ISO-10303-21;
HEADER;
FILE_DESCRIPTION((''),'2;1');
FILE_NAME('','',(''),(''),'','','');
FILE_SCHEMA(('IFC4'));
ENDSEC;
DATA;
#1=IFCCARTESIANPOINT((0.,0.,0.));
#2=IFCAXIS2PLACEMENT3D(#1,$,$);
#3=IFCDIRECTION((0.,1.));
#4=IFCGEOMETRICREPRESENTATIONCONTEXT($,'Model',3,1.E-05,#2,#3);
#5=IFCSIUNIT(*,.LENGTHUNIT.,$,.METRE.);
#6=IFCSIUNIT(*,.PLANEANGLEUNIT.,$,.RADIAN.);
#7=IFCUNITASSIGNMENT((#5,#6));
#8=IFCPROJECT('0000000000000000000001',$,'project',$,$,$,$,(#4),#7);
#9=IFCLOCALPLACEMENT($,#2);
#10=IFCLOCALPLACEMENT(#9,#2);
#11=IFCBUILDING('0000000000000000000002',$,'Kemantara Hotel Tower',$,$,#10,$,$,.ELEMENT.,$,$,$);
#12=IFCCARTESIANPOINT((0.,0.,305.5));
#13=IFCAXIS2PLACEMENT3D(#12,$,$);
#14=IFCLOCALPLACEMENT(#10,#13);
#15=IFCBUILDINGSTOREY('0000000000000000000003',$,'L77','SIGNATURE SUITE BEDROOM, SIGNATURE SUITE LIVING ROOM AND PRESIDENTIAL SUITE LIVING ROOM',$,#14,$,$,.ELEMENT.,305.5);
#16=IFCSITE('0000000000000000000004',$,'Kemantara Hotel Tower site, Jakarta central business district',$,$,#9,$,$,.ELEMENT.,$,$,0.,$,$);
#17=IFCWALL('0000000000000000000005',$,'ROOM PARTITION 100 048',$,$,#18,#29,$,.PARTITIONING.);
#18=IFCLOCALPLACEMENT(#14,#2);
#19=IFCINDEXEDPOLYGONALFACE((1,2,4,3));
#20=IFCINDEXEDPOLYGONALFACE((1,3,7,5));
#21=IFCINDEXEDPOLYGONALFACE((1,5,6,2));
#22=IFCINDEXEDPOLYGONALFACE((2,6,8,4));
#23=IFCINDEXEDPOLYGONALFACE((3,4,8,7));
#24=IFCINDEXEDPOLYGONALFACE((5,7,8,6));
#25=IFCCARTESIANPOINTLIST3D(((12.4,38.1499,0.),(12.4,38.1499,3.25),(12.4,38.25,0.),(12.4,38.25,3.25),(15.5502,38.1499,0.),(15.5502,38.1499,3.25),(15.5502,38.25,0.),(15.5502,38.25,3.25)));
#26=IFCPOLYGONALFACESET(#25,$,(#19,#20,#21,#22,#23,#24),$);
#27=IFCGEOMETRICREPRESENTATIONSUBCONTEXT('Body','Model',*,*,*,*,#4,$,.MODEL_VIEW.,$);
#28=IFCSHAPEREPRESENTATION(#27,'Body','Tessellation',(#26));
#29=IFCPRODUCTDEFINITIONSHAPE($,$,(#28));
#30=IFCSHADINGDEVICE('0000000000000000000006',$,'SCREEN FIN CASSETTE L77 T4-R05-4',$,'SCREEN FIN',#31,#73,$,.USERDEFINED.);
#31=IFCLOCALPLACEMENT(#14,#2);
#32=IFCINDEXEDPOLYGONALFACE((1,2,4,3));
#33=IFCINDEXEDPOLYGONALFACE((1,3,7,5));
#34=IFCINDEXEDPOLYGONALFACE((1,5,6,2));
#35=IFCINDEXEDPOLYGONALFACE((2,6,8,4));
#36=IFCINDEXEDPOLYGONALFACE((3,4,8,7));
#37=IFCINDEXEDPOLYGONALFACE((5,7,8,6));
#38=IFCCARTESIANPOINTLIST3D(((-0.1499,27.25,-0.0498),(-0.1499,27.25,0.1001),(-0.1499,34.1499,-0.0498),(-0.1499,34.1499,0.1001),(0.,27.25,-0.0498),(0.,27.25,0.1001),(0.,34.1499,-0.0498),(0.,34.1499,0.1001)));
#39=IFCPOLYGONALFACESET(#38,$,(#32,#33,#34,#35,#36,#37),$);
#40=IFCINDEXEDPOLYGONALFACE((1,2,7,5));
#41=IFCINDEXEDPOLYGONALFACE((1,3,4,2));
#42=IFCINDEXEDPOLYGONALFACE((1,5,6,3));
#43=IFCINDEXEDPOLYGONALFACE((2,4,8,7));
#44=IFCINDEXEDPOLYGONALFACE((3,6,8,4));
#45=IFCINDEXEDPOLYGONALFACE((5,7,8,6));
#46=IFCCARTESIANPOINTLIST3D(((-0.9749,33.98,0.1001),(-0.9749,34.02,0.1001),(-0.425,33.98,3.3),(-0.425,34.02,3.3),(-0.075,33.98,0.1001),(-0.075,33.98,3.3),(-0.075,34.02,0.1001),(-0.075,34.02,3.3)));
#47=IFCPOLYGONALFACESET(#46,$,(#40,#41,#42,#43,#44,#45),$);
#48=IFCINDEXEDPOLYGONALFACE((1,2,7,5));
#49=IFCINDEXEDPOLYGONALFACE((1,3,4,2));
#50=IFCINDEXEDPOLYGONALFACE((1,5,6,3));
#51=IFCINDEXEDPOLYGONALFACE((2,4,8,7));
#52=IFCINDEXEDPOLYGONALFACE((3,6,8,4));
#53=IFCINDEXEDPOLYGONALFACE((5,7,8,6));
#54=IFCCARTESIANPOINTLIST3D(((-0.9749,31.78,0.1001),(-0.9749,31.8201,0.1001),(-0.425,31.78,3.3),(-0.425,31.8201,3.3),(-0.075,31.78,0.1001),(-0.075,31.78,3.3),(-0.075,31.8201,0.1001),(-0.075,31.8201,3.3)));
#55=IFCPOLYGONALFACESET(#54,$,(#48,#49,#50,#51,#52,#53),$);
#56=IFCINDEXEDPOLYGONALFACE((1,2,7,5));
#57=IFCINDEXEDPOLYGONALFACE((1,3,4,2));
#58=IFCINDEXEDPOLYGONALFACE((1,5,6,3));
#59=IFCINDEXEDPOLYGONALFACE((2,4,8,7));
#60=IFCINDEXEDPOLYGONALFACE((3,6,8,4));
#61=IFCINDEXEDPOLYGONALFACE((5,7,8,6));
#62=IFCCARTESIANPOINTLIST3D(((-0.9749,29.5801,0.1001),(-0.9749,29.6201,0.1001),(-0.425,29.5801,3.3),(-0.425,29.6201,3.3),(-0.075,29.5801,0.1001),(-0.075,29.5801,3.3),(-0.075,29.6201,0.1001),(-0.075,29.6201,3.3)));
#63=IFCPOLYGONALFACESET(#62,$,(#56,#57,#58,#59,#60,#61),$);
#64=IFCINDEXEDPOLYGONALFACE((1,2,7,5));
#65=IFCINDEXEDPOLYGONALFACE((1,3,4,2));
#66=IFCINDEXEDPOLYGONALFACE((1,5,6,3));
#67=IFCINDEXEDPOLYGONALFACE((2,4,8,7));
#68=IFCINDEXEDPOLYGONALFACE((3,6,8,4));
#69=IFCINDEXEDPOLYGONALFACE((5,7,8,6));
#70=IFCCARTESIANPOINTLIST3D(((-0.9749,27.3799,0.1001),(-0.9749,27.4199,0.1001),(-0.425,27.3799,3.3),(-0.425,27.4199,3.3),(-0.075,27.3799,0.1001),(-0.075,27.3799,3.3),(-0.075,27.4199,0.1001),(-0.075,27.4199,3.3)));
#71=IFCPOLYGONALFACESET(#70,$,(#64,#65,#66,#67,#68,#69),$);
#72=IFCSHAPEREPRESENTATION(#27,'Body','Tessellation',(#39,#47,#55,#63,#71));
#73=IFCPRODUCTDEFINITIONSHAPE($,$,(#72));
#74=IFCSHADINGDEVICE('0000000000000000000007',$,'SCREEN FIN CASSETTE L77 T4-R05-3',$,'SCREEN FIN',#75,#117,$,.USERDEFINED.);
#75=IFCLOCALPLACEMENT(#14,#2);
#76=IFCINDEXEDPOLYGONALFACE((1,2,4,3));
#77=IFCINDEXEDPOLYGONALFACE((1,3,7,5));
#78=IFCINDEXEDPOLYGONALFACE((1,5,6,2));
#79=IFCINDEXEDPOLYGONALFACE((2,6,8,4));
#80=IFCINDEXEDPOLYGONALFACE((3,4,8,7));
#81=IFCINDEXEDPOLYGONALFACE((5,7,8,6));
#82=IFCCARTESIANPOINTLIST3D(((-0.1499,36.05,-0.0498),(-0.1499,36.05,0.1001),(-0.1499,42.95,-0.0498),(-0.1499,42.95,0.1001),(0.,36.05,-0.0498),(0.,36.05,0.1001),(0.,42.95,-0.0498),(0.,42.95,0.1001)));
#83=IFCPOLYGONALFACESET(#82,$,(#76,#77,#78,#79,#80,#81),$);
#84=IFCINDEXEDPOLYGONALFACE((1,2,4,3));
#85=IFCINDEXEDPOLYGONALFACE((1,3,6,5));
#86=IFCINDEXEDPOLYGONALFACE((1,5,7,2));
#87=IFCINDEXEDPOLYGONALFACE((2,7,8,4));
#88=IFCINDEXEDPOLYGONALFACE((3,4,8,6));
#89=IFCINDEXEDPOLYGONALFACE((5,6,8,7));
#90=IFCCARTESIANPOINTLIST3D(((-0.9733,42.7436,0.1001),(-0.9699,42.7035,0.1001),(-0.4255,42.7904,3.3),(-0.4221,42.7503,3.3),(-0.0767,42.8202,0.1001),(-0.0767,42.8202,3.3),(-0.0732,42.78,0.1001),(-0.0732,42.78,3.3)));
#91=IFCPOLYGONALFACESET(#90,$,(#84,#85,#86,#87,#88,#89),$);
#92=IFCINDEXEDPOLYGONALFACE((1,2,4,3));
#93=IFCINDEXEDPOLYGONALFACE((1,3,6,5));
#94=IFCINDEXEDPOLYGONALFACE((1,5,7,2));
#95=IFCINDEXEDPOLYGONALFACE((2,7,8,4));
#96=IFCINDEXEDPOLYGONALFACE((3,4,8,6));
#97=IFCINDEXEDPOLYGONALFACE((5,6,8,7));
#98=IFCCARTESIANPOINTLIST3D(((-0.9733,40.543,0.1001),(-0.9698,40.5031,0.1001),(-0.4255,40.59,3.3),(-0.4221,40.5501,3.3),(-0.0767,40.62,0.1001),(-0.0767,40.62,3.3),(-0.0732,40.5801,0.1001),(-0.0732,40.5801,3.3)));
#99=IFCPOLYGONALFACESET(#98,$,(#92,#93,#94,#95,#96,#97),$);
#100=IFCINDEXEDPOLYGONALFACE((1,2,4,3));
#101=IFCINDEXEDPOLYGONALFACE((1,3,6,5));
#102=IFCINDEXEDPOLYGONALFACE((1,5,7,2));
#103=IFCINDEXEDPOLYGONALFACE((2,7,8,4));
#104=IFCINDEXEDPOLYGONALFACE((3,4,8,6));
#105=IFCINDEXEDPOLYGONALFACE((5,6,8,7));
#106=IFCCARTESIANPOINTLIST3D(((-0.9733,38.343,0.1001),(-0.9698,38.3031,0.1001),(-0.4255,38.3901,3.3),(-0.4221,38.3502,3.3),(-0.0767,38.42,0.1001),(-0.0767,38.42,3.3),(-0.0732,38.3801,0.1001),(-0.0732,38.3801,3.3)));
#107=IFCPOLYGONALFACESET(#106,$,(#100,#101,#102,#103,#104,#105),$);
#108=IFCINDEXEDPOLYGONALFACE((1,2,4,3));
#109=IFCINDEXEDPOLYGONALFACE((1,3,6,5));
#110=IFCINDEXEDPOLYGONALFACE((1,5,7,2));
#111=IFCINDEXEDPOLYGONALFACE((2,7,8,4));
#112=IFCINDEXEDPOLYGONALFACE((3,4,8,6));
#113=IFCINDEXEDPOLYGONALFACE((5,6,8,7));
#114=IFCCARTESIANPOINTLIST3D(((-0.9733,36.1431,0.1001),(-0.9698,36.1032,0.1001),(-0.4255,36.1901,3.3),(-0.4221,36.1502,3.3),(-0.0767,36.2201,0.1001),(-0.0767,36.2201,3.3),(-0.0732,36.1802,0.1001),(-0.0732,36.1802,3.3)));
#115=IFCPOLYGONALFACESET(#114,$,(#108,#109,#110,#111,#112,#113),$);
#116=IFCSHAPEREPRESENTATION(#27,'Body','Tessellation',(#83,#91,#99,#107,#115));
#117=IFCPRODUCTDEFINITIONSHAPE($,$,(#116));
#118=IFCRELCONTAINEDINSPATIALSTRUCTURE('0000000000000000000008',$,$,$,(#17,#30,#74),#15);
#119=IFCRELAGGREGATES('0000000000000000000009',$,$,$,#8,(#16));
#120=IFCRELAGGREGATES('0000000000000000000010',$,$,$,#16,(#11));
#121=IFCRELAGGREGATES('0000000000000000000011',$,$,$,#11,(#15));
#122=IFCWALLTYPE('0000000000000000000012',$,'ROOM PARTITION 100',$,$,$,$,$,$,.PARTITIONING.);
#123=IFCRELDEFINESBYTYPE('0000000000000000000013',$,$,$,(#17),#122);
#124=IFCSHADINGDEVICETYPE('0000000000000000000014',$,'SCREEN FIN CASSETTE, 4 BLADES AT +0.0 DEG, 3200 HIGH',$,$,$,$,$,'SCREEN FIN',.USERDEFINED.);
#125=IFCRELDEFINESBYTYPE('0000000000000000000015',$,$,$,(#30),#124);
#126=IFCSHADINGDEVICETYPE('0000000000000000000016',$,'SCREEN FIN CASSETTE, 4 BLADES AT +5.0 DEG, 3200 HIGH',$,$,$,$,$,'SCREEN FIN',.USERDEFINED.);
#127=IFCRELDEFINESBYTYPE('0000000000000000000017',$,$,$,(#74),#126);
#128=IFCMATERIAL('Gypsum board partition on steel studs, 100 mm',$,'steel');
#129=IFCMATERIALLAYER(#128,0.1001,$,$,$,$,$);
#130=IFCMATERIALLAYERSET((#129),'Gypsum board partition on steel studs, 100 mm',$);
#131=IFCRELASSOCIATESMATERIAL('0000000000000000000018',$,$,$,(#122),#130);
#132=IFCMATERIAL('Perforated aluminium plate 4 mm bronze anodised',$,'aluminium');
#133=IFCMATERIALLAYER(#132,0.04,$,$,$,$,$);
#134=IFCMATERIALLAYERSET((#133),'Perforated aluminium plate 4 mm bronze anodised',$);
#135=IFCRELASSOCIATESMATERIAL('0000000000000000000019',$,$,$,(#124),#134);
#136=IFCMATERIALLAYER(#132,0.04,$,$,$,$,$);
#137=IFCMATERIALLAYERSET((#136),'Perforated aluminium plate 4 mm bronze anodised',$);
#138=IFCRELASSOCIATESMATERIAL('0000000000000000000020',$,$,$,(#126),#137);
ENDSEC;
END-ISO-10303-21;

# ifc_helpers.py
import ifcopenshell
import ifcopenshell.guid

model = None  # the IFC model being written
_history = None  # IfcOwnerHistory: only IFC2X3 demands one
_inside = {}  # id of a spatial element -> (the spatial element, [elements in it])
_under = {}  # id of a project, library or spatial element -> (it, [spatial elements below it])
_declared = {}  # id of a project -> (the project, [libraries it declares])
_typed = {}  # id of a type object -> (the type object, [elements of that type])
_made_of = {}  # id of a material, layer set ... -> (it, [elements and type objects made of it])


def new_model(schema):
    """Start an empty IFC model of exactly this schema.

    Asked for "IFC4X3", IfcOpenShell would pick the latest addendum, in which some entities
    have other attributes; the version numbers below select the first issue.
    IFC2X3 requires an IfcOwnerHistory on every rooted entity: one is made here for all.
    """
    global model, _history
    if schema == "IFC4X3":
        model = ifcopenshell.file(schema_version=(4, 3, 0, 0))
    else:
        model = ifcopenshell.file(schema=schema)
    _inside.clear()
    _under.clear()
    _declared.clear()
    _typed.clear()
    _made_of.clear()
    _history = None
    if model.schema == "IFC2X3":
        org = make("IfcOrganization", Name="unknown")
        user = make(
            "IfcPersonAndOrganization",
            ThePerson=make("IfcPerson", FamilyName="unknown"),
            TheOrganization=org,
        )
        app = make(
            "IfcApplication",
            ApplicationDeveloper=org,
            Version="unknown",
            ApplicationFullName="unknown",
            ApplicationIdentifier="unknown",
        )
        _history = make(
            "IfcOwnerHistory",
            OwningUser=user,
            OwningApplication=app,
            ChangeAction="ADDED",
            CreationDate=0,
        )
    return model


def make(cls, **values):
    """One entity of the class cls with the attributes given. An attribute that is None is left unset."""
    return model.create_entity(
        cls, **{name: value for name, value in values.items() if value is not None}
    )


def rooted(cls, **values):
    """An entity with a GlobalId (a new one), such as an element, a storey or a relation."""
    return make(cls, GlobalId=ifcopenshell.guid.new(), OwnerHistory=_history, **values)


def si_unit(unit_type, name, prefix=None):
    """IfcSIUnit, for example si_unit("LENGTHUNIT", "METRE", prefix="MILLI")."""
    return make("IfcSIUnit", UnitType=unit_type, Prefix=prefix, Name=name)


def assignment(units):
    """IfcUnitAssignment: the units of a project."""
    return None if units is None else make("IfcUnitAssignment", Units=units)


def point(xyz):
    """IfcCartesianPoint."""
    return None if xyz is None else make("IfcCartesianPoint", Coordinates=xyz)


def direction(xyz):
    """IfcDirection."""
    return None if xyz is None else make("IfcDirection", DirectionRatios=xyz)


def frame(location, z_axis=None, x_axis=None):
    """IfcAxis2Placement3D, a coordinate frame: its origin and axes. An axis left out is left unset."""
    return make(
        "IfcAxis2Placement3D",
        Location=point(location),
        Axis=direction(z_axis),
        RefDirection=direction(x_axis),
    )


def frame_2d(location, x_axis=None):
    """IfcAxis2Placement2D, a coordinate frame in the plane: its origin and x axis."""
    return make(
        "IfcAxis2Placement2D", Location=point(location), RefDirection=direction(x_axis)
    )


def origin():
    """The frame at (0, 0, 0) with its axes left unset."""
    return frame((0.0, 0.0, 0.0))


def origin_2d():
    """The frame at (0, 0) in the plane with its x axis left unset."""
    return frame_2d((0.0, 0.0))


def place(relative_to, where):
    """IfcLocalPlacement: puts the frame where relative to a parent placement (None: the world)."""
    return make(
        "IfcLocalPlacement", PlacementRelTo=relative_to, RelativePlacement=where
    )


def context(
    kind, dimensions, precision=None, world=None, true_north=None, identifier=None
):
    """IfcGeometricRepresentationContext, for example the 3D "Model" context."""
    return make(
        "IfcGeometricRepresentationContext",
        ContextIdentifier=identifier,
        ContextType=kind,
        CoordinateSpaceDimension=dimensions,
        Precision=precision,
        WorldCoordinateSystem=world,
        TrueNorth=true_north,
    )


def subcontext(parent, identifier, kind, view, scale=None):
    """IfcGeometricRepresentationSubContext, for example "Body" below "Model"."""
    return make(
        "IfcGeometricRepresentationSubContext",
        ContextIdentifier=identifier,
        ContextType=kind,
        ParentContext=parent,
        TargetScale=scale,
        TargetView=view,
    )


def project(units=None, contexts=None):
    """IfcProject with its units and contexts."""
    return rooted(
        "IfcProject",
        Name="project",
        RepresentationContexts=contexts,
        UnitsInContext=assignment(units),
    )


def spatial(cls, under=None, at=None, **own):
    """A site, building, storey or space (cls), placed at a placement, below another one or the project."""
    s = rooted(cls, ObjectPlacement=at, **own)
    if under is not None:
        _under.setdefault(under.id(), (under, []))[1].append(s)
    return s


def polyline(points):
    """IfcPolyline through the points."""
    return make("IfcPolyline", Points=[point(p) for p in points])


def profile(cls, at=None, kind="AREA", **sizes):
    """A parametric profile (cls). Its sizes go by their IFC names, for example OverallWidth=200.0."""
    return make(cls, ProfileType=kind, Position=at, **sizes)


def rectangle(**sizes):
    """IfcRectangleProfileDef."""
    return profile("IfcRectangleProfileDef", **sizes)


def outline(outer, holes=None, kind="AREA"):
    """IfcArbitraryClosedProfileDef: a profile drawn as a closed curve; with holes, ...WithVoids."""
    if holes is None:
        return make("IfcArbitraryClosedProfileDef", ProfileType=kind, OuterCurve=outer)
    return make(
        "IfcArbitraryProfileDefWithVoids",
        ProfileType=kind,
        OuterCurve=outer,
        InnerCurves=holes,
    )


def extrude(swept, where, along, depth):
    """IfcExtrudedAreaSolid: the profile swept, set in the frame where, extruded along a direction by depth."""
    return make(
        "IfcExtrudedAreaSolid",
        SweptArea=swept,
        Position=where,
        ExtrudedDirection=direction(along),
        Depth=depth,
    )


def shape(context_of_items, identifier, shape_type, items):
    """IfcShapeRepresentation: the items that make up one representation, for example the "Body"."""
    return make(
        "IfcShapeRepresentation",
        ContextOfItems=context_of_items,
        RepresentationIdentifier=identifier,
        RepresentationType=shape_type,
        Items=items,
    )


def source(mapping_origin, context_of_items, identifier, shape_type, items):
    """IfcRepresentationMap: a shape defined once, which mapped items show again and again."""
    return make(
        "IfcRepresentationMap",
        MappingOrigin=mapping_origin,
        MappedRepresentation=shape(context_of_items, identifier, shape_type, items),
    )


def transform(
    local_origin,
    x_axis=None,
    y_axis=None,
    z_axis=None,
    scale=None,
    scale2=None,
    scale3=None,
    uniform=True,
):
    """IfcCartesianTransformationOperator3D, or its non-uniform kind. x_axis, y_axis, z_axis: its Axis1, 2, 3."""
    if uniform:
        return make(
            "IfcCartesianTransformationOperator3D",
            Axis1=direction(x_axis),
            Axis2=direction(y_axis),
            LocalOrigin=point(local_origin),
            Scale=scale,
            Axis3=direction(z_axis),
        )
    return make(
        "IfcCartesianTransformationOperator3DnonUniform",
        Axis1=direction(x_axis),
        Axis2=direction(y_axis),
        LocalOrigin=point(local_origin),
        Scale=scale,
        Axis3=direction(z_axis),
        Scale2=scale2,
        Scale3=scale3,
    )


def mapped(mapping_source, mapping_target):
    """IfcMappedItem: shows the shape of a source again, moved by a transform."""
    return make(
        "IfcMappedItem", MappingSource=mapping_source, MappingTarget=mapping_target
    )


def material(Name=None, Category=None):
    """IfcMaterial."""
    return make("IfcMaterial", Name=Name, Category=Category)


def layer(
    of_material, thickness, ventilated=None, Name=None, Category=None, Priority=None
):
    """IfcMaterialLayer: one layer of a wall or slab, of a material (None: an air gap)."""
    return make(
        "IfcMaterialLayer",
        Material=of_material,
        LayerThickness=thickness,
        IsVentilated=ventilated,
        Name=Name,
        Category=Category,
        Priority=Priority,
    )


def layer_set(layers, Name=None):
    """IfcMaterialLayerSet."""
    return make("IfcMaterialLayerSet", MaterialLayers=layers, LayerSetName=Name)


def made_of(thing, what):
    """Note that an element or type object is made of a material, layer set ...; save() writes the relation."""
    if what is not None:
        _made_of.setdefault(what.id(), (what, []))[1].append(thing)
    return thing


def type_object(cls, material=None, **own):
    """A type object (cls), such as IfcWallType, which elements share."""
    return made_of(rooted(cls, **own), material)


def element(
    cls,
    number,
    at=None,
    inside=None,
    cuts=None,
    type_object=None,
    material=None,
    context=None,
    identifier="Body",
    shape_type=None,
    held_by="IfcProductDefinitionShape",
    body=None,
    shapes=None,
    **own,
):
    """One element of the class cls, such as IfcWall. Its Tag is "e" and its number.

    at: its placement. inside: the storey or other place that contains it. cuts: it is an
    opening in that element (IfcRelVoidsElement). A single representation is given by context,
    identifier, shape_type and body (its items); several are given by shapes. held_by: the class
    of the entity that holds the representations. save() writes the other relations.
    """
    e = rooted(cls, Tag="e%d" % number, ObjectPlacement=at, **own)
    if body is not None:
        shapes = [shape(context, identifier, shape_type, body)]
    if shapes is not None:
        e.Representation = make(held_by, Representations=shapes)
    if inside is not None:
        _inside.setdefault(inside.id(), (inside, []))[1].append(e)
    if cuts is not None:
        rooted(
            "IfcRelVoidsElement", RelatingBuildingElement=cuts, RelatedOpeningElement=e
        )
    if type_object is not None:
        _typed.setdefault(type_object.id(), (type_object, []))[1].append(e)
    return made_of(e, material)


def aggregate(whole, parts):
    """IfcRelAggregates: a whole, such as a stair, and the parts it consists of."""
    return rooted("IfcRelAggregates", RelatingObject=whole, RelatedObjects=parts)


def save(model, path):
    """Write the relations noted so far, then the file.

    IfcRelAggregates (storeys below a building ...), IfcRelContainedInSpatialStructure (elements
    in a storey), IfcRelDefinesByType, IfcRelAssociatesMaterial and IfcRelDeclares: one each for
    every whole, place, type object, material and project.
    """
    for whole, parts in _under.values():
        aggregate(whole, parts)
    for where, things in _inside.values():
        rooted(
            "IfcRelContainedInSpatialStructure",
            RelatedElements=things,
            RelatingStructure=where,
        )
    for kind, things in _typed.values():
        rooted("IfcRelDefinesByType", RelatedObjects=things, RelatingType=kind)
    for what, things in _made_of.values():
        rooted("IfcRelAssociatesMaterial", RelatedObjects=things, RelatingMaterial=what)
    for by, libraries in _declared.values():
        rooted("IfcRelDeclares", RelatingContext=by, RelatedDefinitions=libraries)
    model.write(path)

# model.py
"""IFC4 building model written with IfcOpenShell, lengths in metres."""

from ifc_helpers import new_model, si_unit, direction, frame, frame_2d, origin, origin_2d, place, context, subcontext, project, spatial, polyline, rectangle, outline, extrude, source, transform, mapped, material, layer, layer_set, type_object, element, save


model = new_model("IFC4")

# Units and contexts
model_context = context("Model", 3, precision=1e-05, world=origin(), true_north=direction((0.0, 1.0)))
body_context = subcontext(model_context, "Body", "Model", "MODEL_VIEW")
ifc_project = project(units=[si_unit("LENGTHUNIT", "METRE"), si_unit("PLANEANGLEUNIT", "RADIAN")], contexts=[model_context])

# Site, building, storey
site_placement = place(None, origin())
site = spatial("IfcSite", under=ifc_project, at=site_placement, Name="Kemantara Hotel Tower site, Jakarta central business district", CompositionType="ELEMENT", RefElevation=0.0)
building_placement = place(site_placement, origin())
building = spatial("IfcBuilding", under=site, at=building_placement, Name="Kemantara Hotel Tower", CompositionType="ELEMENT")
storey_placement = place(building_placement, frame((0.0, 0.0, 305.5)))
storey = spatial("IfcBuildingStorey", under=building, at=storey_placement, Name="L77", Description="SIGNATURE SUITE BEDROOM, SIGNATURE SUITE LIVING ROOM AND PRESIDENTIAL SUITE LIVING ROOM", CompositionType="ELEMENT", Elevation=305.5)

# Shared definitions
ifc_material_1 = material(Name="Gypsum board partition on steel studs, 100 mm", Category="steel")
ifc_layer_1 = layer(ifc_material_1, 0.1001)
ifc_layer_set_1 = layer_set([ifc_layer_1], Name="Gypsum board partition on steel studs, 100 mm")
wall_type_1 = type_object("IfcWallType", Name="ROOM PARTITION 100", PredefinedType="PARTITIONING", material=ifc_layer_set_1)

# Wall
wall_1_placement = place(storey_placement, frame((12.3999, 38.2, 0.0), z_axis=(0.0, 0.0, 1.0), x_axis=(1.0, 0.0, 0.0)))
element("IfcWall", 1, at=wall_1_placement, inside=storey, type_object=wall_type_1, Name="ROOM PARTITION 100 048", PredefinedType="PARTITIONING", context=body_context, shape_type="SweptSolid", body=[
    extrude(rectangle(XDim=3.1501, YDim=0.1001, at=frame_2d((1.5752, 0.0))), origin(), (0.0, 0.0, 1.0), 3.25),
])

# Shading devices
ifc_material_2 = material(Name="Perforated aluminium plate 4 mm bronze anodised", Category="aluminium")
ifc_layer_2 = layer(ifc_material_2, 0.04)
ifc_layer_set_2 = layer_set([ifc_layer_2], Name="Perforated aluminium plate 4 mm bronze anodised")
shading_device_type_1 = type_object("IfcShadingDeviceType", Name="SCREEN FIN CASSETTE, 4 BLADES AT +0.0 DEG, 3200 HIGH", ElementType="SCREEN FIN", PredefinedType="USERDEFINED", material=ifc_layer_set_2)
shared_shape_1 = source(origin(), body_context, "Body", "SweptSolid", [
    extrude(rectangle(XDim=6.8999, YDim=0.1499, at=origin_2d()), frame((3.3, -0.075, -0.1499), z_axis=(0.0, 0.0, 1.0), x_axis=(1.0, 0.0, 0.0)), (0.0, 0.0, 1.0), 0.1499),
    extrude(outline(polyline([(0.0, 0.0), (0.8999, 0.0), (0.3501, 3.2), (0.0, 3.2), (0.0, 0.0)])), frame((0.02, -0.075, 0.0), z_axis=(-1.0, 0.0, 0.0), x_axis=(0.0, -1.0, 0.0)), (0.0, 0.0, 1.0), 0.04),
    extrude(outline(polyline([(0.0, 0.0), (0.8999, 0.0), (0.3501, 3.2), (0.0, 3.2), (0.0, 0.0)])), frame((2.22, -0.075, 0.0), z_axis=(-1.0, 0.0, 0.0), x_axis=(0.0, -1.0, 0.0)), (0.0, 0.0, 1.0), 0.04),
    extrude(outline(polyline([(0.0, 0.0), (0.8999, 0.0), (0.3501, 3.2), (0.0, 3.2), (0.0, 0.0)])), frame((4.4199, -0.075, 0.0), z_axis=(-1.0, 0.0, 0.0), x_axis=(0.0, -1.0, 0.0)), (0.0, 0.0, 1.0), 0.04),
    extrude(outline(polyline([(0.0, 0.0), (0.8999, 0.0), (0.3501, 3.2), (0.0, 3.2), (0.0, 0.0)])), frame((6.6201, -0.075, 0.0), z_axis=(-1.0, 0.0, 0.0), x_axis=(0.0, -1.0, 0.0)), (0.0, 0.0, 1.0), 0.04),
])
shading_device_1_placement = place(storey_placement, frame((0.0, 34.0, 0.1001), z_axis=(0.0, 0.0, 1.0), x_axis=(0.0, -1.0, 0.0)))
element("IfcShadingDevice", 2, at=shading_device_1_placement, inside=storey, type_object=shading_device_type_1, Name="SCREEN FIN CASSETTE L77 T4-R05-4", ObjectType="SCREEN FIN", PredefinedType="USERDEFINED", context=body_context, shape_type="MappedRepresentation", body=[
    mapped(shared_shape_1, transform((0.0, 0.0, 0.0))),
])
ifc_layer_3 = layer(ifc_material_2, 0.04)
ifc_layer_set_3 = layer_set([ifc_layer_3], Name="Perforated aluminium plate 4 mm bronze anodised")
shading_device_type_2 = type_object("IfcShadingDeviceType", Name="SCREEN FIN CASSETTE, 4 BLADES AT +5.0 DEG, 3200 HIGH", ElementType="SCREEN FIN", PredefinedType="USERDEFINED", material=ifc_layer_set_3)
shared_shape_2 = source(origin(), body_context, "Body", "SweptSolid", [
    extrude(rectangle(XDim=6.8999, YDim=0.1499, at=origin_2d()), frame((3.3, -0.075, -0.1499), z_axis=(0.0, 0.0, 1.0), x_axis=(1.0, 0.0, 0.0)), (0.0, 0.0, 1.0), 0.1499),
    extrude(outline(polyline([(0.0, 0.0), (0.8999, 0.0), (0.3501, 3.2), (0.0, 3.2), (0.0, 0.0)])), frame((0.02, -0.0732, 0.0), z_axis=(-0.996376, -0.085056, 0.0), x_axis=(0.085056, -0.996376, 0.0)), (0.0, 0.0, 1.0), 0.0403),
    extrude(outline(polyline([(0.0, 0.0), (0.8999, 0.0), (0.3501, 3.2), (0.0, 3.2), (0.0, 0.0)])), frame((2.22, -0.0732, 0.0), z_axis=(-0.996332, -0.085575, 0.0), x_axis=(0.085575, -0.996332, 0.0)), (0.0, 0.0, 1.0), 0.04),
    extrude(outline(polyline([(0.0, 0.0), (0.8999, 0.0), (0.3501, 3.2), (0.0, 3.2), (0.0, 0.0)])), frame((4.4199, -0.0732, 0.0), z_axis=(-0.996332, -0.085575, 0.0), x_axis=(0.085575, -0.996332, 0.0)), (0.0, 0.0, 1.0), 0.04),
    extrude(outline(polyline([(0.0, 0.0), (0.8999, 0.0), (0.3501, 3.2), (0.0, 3.2), (0.0, 0.0)])), frame((6.6199, -0.0732, 0.0), z_axis=(-0.996332, -0.085575, 0.0), x_axis=(0.085575, -0.996332, 0.0)), (0.0, 0.0, 1.0), 0.04),
])
shading_device_2_placement = place(storey_placement, frame((0.0, 42.8, 0.1001), z_axis=(0.0, 0.0, 1.0), x_axis=(0.0, -1.0, 0.0)))
element("IfcShadingDevice", 3, at=shading_device_2_placement, inside=storey, type_object=shading_device_type_2, Name="SCREEN FIN CASSETTE L77 T4-R05-3", ObjectType="SCREEN FIN", PredefinedType="USERDEFINED", context=body_context, shape_type="MappedRepresentation", body=[
    mapped(shared_shape_2, transform((0.0, 0.0, 0.0))),
])

save(model, "model.ifc")
